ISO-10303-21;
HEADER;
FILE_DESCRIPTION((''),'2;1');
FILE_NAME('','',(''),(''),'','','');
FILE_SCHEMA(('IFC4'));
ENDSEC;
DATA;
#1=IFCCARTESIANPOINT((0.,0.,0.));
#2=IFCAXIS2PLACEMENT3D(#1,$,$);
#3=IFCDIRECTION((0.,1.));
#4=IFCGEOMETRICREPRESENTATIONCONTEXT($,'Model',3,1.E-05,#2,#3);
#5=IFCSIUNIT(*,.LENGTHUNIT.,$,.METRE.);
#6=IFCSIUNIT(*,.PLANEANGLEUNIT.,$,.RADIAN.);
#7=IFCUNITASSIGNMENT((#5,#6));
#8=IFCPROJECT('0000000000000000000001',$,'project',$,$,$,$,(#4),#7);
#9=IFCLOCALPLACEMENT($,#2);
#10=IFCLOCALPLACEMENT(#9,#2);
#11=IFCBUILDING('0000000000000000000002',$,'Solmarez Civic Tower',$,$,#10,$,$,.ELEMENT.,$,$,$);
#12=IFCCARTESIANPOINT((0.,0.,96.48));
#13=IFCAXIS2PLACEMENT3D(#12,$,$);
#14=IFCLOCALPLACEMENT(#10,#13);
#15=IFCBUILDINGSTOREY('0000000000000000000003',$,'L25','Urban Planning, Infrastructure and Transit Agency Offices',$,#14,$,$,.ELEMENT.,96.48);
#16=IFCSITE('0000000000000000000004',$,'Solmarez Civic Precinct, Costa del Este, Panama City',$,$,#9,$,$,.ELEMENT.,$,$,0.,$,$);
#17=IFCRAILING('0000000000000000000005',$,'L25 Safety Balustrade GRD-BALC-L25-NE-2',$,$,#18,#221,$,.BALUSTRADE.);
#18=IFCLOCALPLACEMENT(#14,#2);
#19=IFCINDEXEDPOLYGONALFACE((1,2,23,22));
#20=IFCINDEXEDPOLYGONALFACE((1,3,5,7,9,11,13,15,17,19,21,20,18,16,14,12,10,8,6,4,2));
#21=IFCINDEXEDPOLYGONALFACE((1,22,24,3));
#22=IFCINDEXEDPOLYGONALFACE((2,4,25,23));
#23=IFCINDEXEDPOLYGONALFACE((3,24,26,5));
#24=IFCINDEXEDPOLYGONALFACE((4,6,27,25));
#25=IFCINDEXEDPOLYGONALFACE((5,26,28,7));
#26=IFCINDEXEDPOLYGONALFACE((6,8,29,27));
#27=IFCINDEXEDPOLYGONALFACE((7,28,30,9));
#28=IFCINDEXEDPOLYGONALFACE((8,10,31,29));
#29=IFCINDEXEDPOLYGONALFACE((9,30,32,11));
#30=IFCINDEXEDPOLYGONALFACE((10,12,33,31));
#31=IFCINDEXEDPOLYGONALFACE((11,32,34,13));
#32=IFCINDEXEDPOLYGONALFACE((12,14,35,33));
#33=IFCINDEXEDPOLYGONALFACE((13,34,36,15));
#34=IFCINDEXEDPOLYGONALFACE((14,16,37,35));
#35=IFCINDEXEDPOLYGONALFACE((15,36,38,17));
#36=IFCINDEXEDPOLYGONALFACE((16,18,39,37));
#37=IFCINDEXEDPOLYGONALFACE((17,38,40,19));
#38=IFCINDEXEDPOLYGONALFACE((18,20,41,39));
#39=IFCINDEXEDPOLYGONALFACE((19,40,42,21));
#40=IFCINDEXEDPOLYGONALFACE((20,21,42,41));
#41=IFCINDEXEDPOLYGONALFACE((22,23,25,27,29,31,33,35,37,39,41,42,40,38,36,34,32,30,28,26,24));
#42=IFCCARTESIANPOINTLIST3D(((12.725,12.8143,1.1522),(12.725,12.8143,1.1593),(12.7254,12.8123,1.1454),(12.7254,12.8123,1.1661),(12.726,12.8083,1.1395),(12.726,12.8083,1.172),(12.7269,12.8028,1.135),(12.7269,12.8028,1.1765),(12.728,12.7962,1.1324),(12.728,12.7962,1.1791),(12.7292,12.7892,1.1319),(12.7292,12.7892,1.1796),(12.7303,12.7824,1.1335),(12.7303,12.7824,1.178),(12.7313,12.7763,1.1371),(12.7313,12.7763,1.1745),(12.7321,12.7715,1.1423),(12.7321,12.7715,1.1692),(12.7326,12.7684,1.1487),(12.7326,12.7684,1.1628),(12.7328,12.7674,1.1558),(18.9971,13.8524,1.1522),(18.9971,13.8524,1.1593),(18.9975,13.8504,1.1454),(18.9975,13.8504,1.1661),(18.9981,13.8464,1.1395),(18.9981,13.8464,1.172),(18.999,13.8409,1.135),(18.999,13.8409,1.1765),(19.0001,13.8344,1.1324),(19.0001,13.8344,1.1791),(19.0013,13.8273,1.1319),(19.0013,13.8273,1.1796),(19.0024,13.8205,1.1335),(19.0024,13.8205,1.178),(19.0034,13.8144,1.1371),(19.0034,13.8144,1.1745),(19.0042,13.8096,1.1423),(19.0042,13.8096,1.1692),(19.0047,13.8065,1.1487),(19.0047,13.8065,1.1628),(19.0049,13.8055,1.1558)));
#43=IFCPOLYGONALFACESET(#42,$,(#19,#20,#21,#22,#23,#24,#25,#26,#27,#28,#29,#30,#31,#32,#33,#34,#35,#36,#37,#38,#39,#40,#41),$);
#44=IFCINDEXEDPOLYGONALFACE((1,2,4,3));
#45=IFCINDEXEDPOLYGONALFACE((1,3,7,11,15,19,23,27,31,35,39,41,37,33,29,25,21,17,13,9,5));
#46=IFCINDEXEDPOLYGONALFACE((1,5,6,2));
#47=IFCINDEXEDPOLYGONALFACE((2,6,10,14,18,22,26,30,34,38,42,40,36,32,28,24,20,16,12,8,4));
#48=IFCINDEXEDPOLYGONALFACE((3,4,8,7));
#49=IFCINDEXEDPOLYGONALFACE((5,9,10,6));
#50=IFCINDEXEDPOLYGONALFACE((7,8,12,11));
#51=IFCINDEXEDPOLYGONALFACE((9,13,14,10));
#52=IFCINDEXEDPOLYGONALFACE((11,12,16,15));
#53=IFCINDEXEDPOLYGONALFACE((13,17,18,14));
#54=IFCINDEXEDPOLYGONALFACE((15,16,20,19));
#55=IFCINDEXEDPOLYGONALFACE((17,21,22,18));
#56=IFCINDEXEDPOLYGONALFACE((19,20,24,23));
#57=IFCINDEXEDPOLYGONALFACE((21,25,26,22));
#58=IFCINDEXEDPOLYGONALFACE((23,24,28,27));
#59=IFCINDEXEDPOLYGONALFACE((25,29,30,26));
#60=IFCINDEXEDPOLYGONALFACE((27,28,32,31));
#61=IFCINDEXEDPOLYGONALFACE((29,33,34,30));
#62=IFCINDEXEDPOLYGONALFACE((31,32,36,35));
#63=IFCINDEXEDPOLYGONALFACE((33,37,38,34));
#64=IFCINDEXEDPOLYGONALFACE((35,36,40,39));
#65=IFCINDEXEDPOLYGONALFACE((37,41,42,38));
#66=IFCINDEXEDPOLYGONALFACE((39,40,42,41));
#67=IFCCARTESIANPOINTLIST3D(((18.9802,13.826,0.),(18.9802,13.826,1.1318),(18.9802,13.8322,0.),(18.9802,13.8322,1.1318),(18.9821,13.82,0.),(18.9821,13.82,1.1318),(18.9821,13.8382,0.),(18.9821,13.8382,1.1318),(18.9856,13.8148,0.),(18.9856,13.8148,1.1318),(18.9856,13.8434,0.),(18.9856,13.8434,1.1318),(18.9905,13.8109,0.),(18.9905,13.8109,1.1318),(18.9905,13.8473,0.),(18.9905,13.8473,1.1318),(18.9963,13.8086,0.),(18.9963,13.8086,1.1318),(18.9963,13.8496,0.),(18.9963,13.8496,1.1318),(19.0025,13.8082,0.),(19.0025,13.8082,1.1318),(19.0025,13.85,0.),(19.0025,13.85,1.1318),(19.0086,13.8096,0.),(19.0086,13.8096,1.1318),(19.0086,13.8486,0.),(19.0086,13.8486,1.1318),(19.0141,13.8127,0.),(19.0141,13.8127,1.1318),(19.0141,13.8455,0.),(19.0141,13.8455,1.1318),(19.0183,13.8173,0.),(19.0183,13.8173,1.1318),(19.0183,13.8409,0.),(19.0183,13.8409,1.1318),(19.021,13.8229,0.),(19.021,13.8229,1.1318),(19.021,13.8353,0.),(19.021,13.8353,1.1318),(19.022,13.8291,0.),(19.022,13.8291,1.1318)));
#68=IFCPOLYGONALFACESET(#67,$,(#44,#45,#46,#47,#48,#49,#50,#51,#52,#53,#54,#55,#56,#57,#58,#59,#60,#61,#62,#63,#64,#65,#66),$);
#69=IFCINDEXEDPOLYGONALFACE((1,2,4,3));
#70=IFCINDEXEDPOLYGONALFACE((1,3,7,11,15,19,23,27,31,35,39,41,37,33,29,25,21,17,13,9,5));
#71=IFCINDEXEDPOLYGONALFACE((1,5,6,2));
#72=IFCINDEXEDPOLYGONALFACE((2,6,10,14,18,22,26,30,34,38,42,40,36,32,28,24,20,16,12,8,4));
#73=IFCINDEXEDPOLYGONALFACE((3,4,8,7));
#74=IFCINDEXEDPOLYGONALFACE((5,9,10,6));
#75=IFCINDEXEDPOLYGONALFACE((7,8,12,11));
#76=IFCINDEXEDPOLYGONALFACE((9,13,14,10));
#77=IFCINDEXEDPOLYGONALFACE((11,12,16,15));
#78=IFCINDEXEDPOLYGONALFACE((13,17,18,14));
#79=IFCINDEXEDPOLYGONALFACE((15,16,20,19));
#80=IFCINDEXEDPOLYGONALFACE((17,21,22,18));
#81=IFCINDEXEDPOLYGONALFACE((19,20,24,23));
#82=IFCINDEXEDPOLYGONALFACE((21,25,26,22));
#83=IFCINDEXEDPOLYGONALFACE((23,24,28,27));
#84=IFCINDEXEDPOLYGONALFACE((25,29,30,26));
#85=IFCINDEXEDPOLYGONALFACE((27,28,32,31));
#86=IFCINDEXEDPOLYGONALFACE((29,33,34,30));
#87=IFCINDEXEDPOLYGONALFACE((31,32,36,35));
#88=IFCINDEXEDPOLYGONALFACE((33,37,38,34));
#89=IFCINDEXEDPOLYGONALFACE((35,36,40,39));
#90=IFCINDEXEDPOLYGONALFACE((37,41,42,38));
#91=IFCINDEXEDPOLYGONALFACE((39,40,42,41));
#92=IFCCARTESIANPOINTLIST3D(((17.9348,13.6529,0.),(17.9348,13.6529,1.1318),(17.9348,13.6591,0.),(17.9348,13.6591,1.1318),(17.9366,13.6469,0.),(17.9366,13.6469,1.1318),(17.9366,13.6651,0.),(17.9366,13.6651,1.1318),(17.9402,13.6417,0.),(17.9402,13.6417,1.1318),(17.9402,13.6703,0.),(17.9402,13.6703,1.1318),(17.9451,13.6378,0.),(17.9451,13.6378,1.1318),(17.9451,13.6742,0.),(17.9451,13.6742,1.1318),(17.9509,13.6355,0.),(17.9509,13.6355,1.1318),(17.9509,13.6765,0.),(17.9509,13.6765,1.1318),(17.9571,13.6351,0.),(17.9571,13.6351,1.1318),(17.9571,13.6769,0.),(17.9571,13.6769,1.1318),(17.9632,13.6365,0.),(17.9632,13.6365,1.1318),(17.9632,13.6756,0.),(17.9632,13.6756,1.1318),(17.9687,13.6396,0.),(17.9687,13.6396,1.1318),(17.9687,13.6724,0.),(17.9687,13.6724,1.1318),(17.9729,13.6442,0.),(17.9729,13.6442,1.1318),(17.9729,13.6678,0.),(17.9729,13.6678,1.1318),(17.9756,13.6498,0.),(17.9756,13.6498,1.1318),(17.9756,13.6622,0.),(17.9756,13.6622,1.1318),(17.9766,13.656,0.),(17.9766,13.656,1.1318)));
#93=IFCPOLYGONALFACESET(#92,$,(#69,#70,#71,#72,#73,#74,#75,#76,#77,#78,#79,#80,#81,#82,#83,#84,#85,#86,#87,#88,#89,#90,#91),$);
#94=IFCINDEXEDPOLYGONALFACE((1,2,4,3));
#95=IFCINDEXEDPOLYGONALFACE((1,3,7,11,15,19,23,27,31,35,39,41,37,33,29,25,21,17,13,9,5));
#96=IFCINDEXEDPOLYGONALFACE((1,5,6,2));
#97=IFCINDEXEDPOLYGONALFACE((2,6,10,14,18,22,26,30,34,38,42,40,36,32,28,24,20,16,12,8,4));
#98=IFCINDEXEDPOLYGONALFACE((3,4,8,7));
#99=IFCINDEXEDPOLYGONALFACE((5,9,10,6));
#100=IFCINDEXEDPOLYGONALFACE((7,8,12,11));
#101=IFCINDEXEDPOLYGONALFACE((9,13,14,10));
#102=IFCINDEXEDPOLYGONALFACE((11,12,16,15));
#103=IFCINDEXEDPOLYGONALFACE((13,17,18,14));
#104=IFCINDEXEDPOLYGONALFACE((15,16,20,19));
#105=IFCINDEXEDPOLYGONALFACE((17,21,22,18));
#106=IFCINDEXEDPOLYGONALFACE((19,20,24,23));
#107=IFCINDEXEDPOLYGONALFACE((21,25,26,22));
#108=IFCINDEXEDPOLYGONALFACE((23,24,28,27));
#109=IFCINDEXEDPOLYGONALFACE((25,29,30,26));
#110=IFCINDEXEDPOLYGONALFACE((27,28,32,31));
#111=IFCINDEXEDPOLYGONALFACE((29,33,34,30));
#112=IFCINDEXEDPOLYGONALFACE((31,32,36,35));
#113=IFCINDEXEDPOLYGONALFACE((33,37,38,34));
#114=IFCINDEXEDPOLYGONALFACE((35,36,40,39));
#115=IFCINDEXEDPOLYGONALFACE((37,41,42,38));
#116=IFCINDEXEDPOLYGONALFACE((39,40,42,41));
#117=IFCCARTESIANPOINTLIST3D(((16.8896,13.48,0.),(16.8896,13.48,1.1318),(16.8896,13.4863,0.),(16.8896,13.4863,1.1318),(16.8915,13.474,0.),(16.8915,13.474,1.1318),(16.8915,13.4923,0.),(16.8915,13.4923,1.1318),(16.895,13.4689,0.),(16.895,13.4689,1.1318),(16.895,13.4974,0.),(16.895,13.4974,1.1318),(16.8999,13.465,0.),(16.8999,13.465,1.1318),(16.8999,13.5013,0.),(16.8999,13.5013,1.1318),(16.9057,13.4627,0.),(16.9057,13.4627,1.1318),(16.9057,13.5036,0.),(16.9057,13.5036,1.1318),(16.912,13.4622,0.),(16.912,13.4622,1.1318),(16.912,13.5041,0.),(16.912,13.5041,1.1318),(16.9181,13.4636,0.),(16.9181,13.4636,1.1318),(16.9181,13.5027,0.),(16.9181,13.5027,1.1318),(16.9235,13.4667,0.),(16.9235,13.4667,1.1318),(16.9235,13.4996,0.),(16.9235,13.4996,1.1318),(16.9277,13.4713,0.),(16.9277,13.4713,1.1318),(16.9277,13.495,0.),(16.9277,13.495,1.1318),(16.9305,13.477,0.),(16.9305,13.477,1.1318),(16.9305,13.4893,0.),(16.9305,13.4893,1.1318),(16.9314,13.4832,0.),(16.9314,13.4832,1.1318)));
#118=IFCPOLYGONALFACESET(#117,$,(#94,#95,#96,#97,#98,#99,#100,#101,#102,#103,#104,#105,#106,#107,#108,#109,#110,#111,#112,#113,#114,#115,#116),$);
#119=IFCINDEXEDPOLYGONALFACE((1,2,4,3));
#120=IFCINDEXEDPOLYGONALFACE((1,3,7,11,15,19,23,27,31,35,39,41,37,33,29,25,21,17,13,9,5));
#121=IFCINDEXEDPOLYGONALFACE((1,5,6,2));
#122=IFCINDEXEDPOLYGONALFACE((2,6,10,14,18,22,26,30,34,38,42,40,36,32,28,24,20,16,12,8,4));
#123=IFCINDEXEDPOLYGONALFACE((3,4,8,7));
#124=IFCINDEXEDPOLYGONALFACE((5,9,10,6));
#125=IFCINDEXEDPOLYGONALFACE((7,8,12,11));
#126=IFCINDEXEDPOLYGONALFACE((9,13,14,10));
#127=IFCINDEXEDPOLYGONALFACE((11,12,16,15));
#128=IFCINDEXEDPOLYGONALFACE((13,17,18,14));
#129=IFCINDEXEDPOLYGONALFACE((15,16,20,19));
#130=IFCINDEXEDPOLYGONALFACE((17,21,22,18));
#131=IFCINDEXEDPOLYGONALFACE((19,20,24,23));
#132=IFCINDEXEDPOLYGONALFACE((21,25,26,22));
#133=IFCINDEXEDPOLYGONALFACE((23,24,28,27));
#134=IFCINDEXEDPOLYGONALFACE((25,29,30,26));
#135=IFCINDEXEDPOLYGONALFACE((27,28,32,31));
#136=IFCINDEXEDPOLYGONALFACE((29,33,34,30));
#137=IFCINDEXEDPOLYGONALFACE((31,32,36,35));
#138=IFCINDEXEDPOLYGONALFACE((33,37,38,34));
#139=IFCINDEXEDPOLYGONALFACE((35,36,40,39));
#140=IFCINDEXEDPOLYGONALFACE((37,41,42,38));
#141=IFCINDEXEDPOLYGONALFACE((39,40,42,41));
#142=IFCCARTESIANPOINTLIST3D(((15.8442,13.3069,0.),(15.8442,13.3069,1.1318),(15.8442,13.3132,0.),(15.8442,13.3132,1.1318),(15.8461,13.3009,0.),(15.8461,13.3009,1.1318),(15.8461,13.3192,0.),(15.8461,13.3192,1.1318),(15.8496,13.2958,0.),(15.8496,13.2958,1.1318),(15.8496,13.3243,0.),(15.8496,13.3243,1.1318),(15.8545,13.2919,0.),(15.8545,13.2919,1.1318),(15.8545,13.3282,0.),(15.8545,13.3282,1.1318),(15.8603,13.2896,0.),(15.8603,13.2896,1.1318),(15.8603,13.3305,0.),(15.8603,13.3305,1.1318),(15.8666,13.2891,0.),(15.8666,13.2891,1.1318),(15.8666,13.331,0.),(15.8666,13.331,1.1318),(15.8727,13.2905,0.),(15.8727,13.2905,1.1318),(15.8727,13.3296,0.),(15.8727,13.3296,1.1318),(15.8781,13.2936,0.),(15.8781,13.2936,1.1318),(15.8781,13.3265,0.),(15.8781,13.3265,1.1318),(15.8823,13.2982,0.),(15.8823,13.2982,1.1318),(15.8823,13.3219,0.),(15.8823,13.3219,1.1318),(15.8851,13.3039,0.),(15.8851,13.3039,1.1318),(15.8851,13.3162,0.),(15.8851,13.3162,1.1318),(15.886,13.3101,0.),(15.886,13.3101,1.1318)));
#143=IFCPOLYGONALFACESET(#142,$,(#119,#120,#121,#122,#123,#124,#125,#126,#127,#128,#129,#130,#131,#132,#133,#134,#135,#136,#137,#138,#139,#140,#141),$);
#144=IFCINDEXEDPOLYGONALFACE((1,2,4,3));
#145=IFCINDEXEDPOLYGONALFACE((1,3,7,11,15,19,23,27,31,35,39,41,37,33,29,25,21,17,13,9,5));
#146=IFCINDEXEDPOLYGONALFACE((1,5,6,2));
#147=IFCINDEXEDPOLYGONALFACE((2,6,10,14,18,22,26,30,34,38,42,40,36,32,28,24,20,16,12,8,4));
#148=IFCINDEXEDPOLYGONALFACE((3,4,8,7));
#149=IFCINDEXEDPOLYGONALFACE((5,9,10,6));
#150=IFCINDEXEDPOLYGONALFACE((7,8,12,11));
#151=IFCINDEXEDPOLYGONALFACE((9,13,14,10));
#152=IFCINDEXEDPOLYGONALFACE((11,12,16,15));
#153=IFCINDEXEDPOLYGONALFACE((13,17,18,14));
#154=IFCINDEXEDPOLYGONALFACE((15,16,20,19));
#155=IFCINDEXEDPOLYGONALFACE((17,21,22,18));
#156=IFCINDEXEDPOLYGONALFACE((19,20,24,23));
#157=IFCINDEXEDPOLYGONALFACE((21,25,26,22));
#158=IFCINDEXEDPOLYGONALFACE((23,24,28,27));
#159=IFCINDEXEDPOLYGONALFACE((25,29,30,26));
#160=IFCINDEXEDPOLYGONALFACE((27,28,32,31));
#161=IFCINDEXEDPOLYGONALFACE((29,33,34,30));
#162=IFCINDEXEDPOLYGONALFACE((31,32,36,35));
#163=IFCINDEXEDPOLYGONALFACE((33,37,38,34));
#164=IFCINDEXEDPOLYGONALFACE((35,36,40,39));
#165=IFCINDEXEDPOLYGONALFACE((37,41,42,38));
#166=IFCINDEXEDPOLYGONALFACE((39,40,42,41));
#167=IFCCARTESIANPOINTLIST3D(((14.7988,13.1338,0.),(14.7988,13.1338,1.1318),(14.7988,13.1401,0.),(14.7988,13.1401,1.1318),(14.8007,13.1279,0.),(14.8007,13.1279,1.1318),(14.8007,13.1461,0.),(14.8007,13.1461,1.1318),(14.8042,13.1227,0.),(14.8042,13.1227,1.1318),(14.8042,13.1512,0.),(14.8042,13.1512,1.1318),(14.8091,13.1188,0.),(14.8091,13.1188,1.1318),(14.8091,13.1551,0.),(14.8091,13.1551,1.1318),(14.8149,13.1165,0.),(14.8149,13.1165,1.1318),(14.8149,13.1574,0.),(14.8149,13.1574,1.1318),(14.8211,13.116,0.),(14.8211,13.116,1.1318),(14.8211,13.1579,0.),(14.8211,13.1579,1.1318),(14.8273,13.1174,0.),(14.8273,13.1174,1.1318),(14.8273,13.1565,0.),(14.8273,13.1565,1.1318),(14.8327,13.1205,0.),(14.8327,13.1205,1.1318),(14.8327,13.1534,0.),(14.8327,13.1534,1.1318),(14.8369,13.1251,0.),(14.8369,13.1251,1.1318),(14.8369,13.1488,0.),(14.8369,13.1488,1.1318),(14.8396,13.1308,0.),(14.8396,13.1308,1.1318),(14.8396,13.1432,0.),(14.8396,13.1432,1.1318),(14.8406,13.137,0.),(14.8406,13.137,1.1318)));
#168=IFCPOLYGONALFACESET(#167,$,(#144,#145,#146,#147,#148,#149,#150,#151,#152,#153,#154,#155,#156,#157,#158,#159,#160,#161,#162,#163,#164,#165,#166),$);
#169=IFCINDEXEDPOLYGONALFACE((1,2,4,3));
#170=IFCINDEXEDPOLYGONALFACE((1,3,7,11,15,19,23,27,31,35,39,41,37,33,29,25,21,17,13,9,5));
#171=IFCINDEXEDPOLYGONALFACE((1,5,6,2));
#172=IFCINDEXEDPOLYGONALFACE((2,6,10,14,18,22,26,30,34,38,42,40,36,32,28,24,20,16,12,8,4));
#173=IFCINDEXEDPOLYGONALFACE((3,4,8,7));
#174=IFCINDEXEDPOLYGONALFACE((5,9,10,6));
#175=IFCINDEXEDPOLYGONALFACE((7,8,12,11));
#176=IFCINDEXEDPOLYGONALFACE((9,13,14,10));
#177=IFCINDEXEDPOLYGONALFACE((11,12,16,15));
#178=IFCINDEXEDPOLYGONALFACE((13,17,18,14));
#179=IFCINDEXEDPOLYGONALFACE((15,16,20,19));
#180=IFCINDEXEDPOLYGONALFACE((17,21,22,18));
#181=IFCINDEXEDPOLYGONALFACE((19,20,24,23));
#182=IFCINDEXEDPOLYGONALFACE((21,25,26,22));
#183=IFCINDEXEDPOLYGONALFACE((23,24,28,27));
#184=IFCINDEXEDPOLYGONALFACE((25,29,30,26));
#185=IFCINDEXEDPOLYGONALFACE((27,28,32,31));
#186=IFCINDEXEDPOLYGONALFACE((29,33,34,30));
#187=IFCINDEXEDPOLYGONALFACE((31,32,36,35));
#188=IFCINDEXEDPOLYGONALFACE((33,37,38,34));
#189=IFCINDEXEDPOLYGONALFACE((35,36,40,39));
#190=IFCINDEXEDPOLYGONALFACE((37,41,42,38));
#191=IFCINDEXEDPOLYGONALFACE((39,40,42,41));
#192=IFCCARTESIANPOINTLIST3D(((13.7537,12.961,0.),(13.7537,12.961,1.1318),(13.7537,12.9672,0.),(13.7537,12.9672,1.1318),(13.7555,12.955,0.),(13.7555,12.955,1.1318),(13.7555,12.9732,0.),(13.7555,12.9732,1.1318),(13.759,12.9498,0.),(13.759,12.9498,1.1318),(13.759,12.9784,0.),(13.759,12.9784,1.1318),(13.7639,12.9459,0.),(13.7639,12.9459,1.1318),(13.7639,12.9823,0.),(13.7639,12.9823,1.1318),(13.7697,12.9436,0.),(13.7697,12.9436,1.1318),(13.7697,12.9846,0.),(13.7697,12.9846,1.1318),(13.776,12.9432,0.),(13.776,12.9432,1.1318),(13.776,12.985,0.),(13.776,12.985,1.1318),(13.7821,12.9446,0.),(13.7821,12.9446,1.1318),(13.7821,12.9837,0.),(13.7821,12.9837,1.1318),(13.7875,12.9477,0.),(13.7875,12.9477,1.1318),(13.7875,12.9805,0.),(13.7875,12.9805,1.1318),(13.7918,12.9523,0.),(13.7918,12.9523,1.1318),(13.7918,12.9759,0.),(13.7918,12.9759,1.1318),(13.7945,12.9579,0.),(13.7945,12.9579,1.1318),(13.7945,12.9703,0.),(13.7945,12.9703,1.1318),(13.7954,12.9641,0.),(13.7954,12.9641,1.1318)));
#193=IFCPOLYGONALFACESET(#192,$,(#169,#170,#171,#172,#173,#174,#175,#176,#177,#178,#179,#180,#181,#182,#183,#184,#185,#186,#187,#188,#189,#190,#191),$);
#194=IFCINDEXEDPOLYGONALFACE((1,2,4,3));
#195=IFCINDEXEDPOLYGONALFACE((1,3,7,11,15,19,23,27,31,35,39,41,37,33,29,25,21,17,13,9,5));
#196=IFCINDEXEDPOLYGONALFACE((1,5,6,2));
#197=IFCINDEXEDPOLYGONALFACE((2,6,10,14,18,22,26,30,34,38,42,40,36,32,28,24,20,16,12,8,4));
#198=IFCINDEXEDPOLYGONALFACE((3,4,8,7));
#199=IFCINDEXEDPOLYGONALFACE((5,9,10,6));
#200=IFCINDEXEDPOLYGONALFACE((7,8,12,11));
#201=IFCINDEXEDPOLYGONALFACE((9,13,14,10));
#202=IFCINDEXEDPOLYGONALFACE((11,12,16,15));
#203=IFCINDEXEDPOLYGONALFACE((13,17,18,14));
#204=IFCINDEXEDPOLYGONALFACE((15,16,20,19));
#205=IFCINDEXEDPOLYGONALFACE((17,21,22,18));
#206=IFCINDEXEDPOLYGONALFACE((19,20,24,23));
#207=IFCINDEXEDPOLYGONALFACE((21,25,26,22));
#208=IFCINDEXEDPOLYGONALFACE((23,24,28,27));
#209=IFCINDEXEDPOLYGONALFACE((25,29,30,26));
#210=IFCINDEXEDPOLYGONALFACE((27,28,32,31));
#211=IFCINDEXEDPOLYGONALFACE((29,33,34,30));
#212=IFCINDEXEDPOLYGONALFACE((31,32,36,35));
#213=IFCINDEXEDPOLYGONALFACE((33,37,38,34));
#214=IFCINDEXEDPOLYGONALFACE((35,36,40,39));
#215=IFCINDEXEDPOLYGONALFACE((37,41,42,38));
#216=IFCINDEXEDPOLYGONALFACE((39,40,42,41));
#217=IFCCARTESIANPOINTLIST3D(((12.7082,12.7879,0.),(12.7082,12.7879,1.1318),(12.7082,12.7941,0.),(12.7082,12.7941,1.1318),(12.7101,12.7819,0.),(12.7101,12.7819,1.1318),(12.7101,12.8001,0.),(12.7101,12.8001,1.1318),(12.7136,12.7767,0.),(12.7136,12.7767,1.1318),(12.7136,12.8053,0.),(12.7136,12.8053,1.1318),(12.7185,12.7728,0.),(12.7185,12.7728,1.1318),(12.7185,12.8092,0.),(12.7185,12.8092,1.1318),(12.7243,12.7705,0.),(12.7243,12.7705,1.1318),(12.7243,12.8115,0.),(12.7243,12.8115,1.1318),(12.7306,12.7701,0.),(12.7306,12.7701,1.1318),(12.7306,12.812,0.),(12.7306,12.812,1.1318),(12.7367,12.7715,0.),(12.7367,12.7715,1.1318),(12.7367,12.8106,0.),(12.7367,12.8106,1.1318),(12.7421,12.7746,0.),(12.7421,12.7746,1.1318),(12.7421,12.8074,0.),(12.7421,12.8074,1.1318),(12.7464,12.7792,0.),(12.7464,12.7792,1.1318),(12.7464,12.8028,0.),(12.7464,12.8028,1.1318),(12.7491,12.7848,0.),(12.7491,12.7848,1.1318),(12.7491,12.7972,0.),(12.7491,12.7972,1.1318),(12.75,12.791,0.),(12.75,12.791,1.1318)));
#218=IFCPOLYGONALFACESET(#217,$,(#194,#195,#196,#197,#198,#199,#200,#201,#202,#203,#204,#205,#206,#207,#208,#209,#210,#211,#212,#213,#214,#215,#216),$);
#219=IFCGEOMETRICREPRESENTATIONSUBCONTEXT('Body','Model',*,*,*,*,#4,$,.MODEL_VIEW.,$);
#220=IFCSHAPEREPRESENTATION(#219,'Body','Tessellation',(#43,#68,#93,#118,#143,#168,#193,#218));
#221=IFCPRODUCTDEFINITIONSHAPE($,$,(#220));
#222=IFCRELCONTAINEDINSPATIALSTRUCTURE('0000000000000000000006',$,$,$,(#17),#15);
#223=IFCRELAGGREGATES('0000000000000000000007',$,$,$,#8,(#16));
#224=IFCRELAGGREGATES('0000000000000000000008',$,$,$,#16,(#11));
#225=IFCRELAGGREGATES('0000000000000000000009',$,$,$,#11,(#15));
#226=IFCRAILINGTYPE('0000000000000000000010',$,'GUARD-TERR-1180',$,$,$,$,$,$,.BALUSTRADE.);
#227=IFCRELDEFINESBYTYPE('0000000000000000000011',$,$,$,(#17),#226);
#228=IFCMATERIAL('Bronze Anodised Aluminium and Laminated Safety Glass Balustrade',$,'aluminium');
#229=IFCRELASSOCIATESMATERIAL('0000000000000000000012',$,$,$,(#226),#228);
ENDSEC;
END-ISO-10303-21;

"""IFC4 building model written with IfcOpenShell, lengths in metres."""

from ifc_helpers import new_model, si_unit, direction, frame, origin, origin_2d, place, context, subcontext, project, spatial, circle, extrude, material, type_object, element, save


model = new_model("IFC4")

# Units and contexts
model_context = context("Model", 3, precision=1e-05, world=origin(), true_north=direction((0.0, 1.0)))
body_context = subcontext(model_context, "Body", "Model", "MODEL_VIEW")
ifc_project = project(units=[si_unit("LENGTHUNIT", "METRE"), si_unit("PLANEANGLEUNIT", "RADIAN")], contexts=[model_context])

# Site, building, storey
site_placement = place(None, origin())
site = spatial("IfcSite", under=ifc_project, at=site_placement, Name="Solmarez Civic Precinct, Costa del Este, Panama City", CompositionType="ELEMENT", RefElevation=0.0)
building_placement = place(site_placement, origin())
building = spatial("IfcBuilding", under=site, at=building_placement, Name="Solmarez Civic Tower", CompositionType="ELEMENT")
storey_placement = place(building_placement, frame((0.0, 0.0, 96.48)))
storey = spatial("IfcBuildingStorey", under=building, at=storey_placement, Name="L25", Description="Urban Planning, Infrastructure and Transit Agency Offices", CompositionType="ELEMENT", Elevation=96.48)

# Railing
ifc_material_1 = material(Name="Bronze Anodised Aluminium and Laminated Safety Glass Balustrade", Category="aluminium")
railing_type = type_object("IfcRailingType", Name="GUARD-TERR-1180", PredefinedType="BALUSTRADE", material=ifc_material_1)
railing_1_placement = place(storey_placement, frame((19.001, 13.8291, 0.0)))
element("IfcRailing", 1, at=railing_1_placement, inside=storey, type_object=railing_type, Name="L25 Safety Balustrade GRD-BALC-L25-NE-2", PredefinedType="BALUSTRADE", context=body_context, shape_type="SweptSolid", body=[
    extrude(circle(Radius=0.0239, at=origin_2d()), frame((0.0, 0.0, 1.1558), z_axis=(-0.986578, -0.16329, 0.0), x_axis=(0.16329, -0.986578, 0.0)), (0.0, 0.0, 1.0), 6.3574),
    extrude(circle(Radius=0.021, at=origin_2d()), origin(), (0.0, 0.0, 1.0), 1.1318),
    extrude(circle(Radius=0.021, at=origin_2d()), frame((-1.0454, -0.1731, 0.0)), (0.0, 0.0, 1.0), 1.1318),
    extrude(circle(Radius=0.021, at=origin_2d()), frame((-2.0906, -0.3459, 0.0)), (0.0, 0.0, 1.0), 1.1318),
    extrude(circle(Radius=0.021, at=origin_2d()), frame((-3.136, -0.519, 0.0)), (0.0, 0.0, 1.0), 1.1318),
    extrude(circle(Radius=0.021, at=origin_2d()), frame((-4.1814, -0.6921, 0.0)), (0.0, 0.0, 1.0), 1.1318),
    extrude(circle(Radius=0.021, at=origin_2d()), frame((-5.2266, -0.865, 0.0)), (0.0, 0.0, 1.0), 1.1318),
    extrude(circle(Radius=0.021, at=origin_2d()), frame((-6.272, -1.0381, 0.0)), (0.0, 0.0, 1.0), 1.1318),
])

save(model, "model.ifc")
